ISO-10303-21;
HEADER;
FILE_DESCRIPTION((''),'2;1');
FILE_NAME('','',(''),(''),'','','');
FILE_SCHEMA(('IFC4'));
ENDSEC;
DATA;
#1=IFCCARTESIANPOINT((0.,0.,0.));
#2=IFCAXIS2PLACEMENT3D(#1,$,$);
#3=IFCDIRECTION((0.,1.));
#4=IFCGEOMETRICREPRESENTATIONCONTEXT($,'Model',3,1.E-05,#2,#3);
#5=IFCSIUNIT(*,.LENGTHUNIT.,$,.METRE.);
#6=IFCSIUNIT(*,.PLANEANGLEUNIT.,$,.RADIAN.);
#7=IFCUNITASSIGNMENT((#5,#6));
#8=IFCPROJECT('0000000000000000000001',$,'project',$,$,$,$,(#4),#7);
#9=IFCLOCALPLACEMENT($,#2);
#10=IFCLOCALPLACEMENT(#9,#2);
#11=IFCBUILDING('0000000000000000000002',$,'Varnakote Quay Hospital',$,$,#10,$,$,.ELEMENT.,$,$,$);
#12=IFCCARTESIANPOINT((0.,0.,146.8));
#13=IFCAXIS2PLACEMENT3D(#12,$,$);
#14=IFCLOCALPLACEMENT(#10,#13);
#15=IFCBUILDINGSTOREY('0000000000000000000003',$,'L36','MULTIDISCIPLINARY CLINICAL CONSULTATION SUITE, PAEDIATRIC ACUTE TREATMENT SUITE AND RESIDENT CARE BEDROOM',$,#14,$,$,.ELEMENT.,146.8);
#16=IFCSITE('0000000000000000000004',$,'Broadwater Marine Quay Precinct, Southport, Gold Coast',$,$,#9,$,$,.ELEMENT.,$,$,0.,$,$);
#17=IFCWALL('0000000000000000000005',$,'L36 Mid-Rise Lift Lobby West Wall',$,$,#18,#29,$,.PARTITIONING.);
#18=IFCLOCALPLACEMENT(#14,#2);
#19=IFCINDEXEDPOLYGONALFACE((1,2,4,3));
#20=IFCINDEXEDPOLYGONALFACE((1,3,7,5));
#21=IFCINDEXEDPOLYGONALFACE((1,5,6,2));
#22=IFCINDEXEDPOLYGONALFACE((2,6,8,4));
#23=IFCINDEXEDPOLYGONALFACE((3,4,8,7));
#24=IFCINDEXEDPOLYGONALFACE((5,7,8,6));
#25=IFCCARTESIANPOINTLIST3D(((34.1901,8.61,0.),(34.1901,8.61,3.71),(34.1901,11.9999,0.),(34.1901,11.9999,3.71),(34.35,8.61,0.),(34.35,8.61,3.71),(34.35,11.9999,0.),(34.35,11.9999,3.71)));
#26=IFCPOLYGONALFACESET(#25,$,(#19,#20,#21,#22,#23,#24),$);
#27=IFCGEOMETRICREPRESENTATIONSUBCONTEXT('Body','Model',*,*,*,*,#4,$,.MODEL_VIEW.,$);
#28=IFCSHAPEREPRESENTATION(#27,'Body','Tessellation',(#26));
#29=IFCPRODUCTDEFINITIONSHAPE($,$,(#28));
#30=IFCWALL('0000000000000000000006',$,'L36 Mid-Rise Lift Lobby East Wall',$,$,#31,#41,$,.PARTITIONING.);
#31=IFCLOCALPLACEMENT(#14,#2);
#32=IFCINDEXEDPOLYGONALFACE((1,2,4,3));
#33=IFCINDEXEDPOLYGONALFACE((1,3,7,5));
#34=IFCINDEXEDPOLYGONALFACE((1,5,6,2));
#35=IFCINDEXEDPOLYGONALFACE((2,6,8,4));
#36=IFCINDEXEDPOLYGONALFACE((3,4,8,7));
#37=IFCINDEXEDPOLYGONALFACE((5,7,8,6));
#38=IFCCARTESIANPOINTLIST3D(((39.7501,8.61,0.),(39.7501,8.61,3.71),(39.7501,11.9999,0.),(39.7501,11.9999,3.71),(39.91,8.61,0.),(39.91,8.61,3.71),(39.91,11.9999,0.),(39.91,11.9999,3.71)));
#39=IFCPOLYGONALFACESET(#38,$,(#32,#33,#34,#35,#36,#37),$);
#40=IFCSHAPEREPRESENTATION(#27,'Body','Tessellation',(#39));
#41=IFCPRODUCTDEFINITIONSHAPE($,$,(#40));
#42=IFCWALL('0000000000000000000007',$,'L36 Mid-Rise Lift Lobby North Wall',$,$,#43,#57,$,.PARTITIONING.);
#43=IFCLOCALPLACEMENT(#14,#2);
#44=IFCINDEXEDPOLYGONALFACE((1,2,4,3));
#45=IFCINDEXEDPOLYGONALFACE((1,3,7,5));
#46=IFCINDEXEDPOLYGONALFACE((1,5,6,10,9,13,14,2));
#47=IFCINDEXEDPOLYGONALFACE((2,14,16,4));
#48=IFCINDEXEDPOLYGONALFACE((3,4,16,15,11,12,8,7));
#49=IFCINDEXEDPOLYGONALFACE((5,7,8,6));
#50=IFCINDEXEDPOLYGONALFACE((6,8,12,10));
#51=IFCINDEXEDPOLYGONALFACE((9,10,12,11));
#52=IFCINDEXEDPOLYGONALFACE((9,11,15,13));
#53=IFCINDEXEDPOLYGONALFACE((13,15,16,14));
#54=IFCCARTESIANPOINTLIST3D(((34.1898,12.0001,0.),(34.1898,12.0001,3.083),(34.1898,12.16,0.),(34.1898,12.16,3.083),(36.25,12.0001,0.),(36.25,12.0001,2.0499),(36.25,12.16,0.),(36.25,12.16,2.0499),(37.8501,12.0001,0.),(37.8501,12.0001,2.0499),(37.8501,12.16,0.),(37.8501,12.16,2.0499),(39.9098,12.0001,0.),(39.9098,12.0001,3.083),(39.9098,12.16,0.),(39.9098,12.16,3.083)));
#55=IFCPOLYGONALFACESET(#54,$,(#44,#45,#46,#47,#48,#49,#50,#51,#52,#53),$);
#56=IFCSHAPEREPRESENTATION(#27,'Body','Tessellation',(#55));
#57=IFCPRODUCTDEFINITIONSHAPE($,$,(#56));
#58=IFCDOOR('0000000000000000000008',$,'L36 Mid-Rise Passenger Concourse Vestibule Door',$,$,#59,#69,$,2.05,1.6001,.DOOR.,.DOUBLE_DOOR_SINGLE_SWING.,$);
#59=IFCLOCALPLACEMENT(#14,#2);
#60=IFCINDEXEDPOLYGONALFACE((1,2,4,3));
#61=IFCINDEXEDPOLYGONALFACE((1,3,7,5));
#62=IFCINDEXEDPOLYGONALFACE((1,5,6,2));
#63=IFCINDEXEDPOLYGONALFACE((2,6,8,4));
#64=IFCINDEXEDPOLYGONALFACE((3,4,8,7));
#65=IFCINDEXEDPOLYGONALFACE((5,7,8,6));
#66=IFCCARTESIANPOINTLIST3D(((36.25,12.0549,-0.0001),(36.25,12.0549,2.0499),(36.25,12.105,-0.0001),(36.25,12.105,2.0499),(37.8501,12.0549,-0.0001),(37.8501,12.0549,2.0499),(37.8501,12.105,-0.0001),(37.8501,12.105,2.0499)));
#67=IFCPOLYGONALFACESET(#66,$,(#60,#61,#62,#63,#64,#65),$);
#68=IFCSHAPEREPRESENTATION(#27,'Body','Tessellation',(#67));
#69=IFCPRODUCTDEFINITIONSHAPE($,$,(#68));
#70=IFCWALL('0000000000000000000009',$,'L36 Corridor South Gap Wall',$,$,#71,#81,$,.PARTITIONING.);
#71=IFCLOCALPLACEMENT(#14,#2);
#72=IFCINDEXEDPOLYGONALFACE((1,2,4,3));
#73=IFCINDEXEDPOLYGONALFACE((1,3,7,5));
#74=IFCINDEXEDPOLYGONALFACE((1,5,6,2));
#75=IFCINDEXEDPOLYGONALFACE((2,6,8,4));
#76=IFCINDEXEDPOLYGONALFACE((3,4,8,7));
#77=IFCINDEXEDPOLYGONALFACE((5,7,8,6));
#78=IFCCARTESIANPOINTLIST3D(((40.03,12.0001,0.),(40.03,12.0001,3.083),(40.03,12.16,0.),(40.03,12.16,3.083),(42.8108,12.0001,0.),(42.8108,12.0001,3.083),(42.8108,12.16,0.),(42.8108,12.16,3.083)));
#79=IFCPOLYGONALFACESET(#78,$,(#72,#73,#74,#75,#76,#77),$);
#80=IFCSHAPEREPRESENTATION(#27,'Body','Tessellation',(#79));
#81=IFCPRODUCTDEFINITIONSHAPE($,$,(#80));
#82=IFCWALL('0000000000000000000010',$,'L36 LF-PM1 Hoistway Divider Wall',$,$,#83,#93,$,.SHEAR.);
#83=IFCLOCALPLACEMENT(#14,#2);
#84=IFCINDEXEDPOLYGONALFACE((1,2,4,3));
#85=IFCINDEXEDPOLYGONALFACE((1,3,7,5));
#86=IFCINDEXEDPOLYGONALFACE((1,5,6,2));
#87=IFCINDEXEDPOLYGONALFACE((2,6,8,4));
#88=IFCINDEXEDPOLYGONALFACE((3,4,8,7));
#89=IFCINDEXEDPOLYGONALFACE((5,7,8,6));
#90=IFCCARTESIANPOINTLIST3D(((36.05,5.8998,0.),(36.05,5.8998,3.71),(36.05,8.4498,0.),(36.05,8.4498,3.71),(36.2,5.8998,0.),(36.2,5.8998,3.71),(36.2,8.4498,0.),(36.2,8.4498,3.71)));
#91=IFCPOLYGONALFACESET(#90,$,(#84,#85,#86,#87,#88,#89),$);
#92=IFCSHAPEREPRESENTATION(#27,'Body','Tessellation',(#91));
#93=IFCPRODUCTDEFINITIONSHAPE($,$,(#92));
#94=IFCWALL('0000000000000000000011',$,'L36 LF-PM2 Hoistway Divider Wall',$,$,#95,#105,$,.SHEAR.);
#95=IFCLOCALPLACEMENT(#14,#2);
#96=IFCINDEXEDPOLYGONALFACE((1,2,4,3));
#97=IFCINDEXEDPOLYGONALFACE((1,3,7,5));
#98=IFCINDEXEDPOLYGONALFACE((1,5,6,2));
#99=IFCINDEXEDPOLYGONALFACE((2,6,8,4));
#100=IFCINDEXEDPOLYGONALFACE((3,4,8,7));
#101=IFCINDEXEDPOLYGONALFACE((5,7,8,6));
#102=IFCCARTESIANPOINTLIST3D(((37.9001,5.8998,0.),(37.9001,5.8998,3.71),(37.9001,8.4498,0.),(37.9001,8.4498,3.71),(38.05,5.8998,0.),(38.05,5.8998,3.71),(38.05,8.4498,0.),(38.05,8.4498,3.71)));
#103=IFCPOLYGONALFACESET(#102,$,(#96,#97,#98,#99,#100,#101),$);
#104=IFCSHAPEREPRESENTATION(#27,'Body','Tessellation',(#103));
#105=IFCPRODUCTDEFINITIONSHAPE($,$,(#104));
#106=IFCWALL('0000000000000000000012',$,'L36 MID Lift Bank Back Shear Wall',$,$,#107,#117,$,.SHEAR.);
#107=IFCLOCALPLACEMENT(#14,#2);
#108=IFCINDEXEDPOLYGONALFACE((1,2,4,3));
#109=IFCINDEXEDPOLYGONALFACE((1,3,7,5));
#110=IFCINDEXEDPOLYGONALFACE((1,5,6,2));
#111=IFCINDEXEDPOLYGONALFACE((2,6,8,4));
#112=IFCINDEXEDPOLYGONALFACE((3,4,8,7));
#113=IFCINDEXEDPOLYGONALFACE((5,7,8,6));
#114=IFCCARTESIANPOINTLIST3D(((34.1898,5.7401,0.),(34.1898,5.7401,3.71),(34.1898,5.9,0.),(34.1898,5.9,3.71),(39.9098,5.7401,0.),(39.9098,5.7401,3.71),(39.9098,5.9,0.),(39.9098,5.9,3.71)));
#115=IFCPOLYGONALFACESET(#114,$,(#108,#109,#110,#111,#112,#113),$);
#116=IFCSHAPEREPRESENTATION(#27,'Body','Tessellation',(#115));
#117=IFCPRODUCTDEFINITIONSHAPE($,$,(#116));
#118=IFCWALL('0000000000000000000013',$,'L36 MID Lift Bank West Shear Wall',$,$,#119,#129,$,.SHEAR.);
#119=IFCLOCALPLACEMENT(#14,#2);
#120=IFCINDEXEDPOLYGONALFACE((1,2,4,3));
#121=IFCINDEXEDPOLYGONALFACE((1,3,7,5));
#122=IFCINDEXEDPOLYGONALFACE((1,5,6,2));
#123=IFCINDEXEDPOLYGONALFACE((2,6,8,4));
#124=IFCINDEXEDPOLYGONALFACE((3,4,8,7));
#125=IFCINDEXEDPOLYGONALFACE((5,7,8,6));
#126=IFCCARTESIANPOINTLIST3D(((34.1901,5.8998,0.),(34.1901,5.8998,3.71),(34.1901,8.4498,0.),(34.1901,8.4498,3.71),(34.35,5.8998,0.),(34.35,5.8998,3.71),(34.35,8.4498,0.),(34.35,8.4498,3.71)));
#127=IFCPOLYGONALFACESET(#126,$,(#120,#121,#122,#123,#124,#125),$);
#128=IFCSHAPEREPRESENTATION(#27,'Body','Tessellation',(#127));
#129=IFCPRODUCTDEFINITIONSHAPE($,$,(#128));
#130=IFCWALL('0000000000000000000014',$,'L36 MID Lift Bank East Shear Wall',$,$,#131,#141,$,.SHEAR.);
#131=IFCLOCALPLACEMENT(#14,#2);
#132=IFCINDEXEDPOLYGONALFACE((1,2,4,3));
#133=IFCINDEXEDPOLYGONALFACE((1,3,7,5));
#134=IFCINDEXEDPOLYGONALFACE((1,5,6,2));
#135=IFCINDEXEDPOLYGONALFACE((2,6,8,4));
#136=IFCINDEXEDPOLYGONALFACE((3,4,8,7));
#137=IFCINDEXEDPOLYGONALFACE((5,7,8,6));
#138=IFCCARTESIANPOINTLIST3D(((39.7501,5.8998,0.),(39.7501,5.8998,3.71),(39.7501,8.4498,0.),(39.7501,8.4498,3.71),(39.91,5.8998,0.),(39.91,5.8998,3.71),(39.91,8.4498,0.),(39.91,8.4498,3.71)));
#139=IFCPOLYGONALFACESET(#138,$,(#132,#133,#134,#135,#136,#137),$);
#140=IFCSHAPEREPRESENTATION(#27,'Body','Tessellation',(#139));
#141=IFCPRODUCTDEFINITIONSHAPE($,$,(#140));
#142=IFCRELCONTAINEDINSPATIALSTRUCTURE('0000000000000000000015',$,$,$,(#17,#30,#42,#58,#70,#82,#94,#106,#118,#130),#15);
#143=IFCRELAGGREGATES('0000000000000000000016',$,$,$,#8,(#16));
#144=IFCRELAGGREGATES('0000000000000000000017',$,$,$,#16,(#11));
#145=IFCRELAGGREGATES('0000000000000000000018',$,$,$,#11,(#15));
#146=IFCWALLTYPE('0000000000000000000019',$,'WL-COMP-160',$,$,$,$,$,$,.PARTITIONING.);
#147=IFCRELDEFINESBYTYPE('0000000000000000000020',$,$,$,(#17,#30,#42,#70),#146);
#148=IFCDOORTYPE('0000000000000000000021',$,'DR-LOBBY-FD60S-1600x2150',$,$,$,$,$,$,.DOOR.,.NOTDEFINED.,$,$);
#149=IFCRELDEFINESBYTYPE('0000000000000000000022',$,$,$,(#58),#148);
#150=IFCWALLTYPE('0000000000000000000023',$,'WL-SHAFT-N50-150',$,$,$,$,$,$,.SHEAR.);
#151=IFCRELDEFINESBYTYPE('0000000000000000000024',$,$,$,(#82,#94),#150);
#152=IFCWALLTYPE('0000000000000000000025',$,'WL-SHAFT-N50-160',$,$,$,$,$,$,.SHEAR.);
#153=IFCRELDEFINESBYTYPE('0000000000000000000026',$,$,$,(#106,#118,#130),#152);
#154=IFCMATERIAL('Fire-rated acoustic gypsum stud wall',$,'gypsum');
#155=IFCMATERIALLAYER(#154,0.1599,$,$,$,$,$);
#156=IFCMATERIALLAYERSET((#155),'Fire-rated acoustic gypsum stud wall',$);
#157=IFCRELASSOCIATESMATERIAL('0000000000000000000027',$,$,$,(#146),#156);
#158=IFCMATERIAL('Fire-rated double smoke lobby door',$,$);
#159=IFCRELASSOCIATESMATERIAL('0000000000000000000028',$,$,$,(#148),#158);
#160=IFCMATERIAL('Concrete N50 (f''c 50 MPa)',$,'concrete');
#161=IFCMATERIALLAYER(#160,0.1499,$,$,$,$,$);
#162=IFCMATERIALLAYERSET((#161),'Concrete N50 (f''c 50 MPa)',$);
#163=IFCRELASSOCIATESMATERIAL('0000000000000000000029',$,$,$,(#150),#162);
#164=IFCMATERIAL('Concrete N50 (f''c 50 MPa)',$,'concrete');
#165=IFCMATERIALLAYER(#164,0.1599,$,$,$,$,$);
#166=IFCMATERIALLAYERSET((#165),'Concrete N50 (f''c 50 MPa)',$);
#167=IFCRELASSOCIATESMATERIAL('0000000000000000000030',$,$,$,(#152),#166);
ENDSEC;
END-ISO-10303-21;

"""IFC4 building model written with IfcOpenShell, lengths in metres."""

from ifc_helpers import new_model, si_unit, direction, frame, frame_2d, origin, place, context, subcontext, project, spatial, rectangle, extrude, material, layer, layer_set, type_object, element, fill, save


model = new_model("IFC4")

# Units and contexts
model_context = context("Model", 3, precision=1e-05, world=origin(), true_north=direction((0.0, 1.0)))
body_context = subcontext(model_context, "Body", "Model", "MODEL_VIEW")
ifc_project = project(units=[si_unit("LENGTHUNIT", "METRE"), si_unit("PLANEANGLEUNIT", "RADIAN")], contexts=[model_context])

# Site, building, storey
site_placement = place(None, origin())
site = spatial("IfcSite", under=ifc_project, at=site_placement, Name="Broadwater Marine Quay Precinct, Southport, Gold Coast", CompositionType="ELEMENT", RefElevation=0.0)
building_placement = place(site_placement, origin())
building = spatial("IfcBuilding", under=site, at=building_placement, Name="Varnakote Quay Hospital", CompositionType="ELEMENT")
storey_placement = place(building_placement, frame((0.0, 0.0, 146.8)))
storey = spatial("IfcBuildingStorey", under=building, at=storey_placement, Name="L36", Description="MULTIDISCIPLINARY CLINICAL CONSULTATION SUITE, PAEDIATRIC ACUTE TREATMENT SUITE AND RESIDENT CARE BEDROOM", CompositionType="ELEMENT", Elevation=146.8)

# Walls
ifc_material_1 = material(Name="Fire-rated acoustic gypsum stud wall", Category="gypsum")
ifc_layer_1 = layer(ifc_material_1, 0.1599)
ifc_layer_set_1 = layer_set([ifc_layer_1], Name="Fire-rated acoustic gypsum stud wall")
wall_type_1 = type_object("IfcWallType", Name="WL-COMP-160", PredefinedType="PARTITIONING", material=ifc_layer_set_1)
for number, where, z_axis, x_axis, name in (
    (1, (34.27, 8.6101, 0.0), (0.0, 0.0, 1.0), (0.0, 1.0, 0.0), "L36 Mid-Rise Lift Lobby West Wall"),
    (2, (39.8301, 8.6101, 0.0), (0.0, 0.0, 1.0), (0.0, 1.0, 0.0), "L36 Mid-Rise Lift Lobby East Wall"),
):
    element("IfcWall", number, at=place(storey_placement, frame(where, z_axis=z_axis, x_axis=x_axis)), inside=storey, type_object=wall_type_1, Name=name, PredefinedType="PARTITIONING", context=body_context, shape_type="SweptSolid", body=[
        extrude(rectangle(XDim=3.3899, YDim=0.1599, at=frame_2d((1.6948, 0.0))), origin(), (0.0, 0.0, 1.0), 3.71),
    ])

# Wall, opening, door
wall_1_placement = place(storey_placement, frame((34.1899, 12.0801, 0.0), z_axis=(0.0, 0.0, 1.0), x_axis=(1.0, 0.0, 0.0)))
wall_1 = element("IfcWall", 3, at=wall_1_placement, inside=storey, type_object=wall_type_1, Name="L36 Mid-Rise Lift Lobby North Wall", PredefinedType="PARTITIONING", context=body_context, shape_type="SweptSolid", body=[
    extrude(rectangle(XDim=5.72, YDim=0.1599, at=frame_2d((2.8599, 0.0))), origin(), (0.0, 0.0, 1.0), 3.083),
])
opening_1_placement = place(wall_1_placement, frame((2.0601, 0.0, 0.0)))
opening_1 = element("IfcOpeningElement", 4, at=opening_1_placement, cuts=wall_1, PredefinedType="OPENING", context=body_context, shape_type="SweptSolid", body=[
    extrude(rectangle(XDim=1.6001, YDim=2.05, at=frame_2d((0.8, 1.0249))), frame((0.0, 0.0898, 0.0), z_axis=(0.0, -1.0, 0.0), x_axis=(1.0, 0.0, 0.0)), (0.0, 0.0, 1.0), 0.1799),
])
ifc_material_2 = material(Name="Fire-rated double smoke lobby door")
door_type_1 = type_object("IfcDoorType", Name="DR-LOBBY-FD60S-1600x2150", OperationType="NOTDEFINED", PredefinedType="DOOR", material=ifc_material_2)
door_1_placement = place(opening_1_placement, origin())
door_1 = element("IfcDoor", 5, at=door_1_placement, inside=storey, type_object=door_type_1, Name="L36 Mid-Rise Passenger Concourse Vestibule Door", OperationType="DOUBLE_DOOR_SINGLE_SWING", OverallHeight=2.05, OverallWidth=1.6001, PredefinedType="DOOR", context=body_context, shape_type="SweptSolid", body=[
    extrude(rectangle(XDim=1.6001, YDim=2.05, at=frame_2d((0.8, 1.0249))), frame((0.0, 0.0249, 0.0), z_axis=(0.0, -1.0, 0.0), x_axis=(1.0, 0.0, 0.0)), (0.0, 0.0, 1.0), 0.05),
])
fill(opening_1, door_1)

# Walls
wall_2_placement = place(storey_placement, frame((40.03, 12.0801, 0.0), z_axis=(0.0, 0.0, 1.0), x_axis=(1.0, 0.0, 0.0)))
element("IfcWall", 6, at=wall_2_placement, inside=storey, type_object=wall_type_1, Name="L36 Corridor South Gap Wall", PredefinedType="PARTITIONING", context=body_context, shape_type="SweptSolid", body=[
    extrude(rectangle(XDim=2.7808, YDim=0.1599, at=frame_2d((1.3904, 0.0))), origin(), (0.0, 0.0, 1.0), 3.083),
])
ifc_material_3 = material(Name="Concrete N50 (f'c 50 MPa)", Category="concrete")
ifc_layer_2 = layer(ifc_material_3, 0.1499)
ifc_layer_set_2 = layer_set([ifc_layer_2], Name="Concrete N50 (f'c 50 MPa)")
wall_type_2 = type_object("IfcWallType", Name="WL-SHAFT-N50-150", PredefinedType="SHEAR", material=ifc_layer_set_2)
for number, where, z_axis, x_axis, name in (
    (7, (36.125, 5.8999, 0.0), (0.0, 0.0, 1.0), (0.0, 1.0, 0.0), "L36 LF-PM1 Hoistway Divider Wall"),
    (8, (37.9751, 5.8999, 0.0), (0.0, 0.0, 1.0), (0.0, 1.0, 0.0), "L36 LF-PM2 Hoistway Divider Wall"),
):
    element("IfcWall", number, at=place(storey_placement, frame(where, z_axis=z_axis, x_axis=x_axis)), inside=storey, type_object=wall_type_2, Name=name, PredefinedType="SHEAR", context=body_context, shape_type="SweptSolid", body=[
        extrude(rectangle(XDim=2.55, YDim=0.1499, at=frame_2d((1.2749, 0.0))), origin(), (0.0, 0.0, 1.0), 3.71),
    ])
ifc_material_4 = material(Name="Concrete N50 (f'c 50 MPa)", Category="concrete")
ifc_layer_3 = layer(ifc_material_4, 0.1599)
ifc_layer_set_3 = layer_set([ifc_layer_3], Name="Concrete N50 (f'c 50 MPa)")
wall_type_3 = type_object("IfcWallType", Name="WL-SHAFT-N50-160", PredefinedType="SHEAR", material=ifc_layer_set_3)
wall_3_placement = place(storey_placement, frame((34.1899, 5.8201, 0.0), z_axis=(0.0, 0.0, 1.0), x_axis=(1.0, 0.0, 0.0)))
element("IfcWall", 9, at=wall_3_placement, inside=storey, type_object=wall_type_3, Name="L36 MID Lift Bank Back Shear Wall", PredefinedType="SHEAR", context=body_context, shape_type="SweptSolid", body=[
    extrude(rectangle(XDim=5.72, YDim=0.1599, at=frame_2d((2.8599, 0.0))), origin(), (0.0, 0.0, 1.0), 3.71),
])
for number, where, z_axis, x_axis, name in (
    (10, (34.27, 5.8999, 0.0), (0.0, 0.0, 1.0), (0.0, 1.0, 0.0), "L36 MID Lift Bank West Shear Wall"),
    (11, (39.8301, 5.8999, 0.0), (0.0, 0.0, 1.0), (0.0, 1.0, 0.0), "L36 MID Lift Bank East Shear Wall"),
):
    element("IfcWall", number, at=place(storey_placement, frame(where, z_axis=z_axis, x_axis=x_axis)), inside=storey, type_object=wall_type_3, Name=name, PredefinedType="SHEAR", context=body_context, shape_type="SweptSolid", body=[
        extrude(rectangle(XDim=2.55, YDim=0.1599, at=frame_2d((1.2749, 0.0))), origin(), (0.0, 0.0, 1.0), 3.71),
    ])

save(model, "model.ifc")
